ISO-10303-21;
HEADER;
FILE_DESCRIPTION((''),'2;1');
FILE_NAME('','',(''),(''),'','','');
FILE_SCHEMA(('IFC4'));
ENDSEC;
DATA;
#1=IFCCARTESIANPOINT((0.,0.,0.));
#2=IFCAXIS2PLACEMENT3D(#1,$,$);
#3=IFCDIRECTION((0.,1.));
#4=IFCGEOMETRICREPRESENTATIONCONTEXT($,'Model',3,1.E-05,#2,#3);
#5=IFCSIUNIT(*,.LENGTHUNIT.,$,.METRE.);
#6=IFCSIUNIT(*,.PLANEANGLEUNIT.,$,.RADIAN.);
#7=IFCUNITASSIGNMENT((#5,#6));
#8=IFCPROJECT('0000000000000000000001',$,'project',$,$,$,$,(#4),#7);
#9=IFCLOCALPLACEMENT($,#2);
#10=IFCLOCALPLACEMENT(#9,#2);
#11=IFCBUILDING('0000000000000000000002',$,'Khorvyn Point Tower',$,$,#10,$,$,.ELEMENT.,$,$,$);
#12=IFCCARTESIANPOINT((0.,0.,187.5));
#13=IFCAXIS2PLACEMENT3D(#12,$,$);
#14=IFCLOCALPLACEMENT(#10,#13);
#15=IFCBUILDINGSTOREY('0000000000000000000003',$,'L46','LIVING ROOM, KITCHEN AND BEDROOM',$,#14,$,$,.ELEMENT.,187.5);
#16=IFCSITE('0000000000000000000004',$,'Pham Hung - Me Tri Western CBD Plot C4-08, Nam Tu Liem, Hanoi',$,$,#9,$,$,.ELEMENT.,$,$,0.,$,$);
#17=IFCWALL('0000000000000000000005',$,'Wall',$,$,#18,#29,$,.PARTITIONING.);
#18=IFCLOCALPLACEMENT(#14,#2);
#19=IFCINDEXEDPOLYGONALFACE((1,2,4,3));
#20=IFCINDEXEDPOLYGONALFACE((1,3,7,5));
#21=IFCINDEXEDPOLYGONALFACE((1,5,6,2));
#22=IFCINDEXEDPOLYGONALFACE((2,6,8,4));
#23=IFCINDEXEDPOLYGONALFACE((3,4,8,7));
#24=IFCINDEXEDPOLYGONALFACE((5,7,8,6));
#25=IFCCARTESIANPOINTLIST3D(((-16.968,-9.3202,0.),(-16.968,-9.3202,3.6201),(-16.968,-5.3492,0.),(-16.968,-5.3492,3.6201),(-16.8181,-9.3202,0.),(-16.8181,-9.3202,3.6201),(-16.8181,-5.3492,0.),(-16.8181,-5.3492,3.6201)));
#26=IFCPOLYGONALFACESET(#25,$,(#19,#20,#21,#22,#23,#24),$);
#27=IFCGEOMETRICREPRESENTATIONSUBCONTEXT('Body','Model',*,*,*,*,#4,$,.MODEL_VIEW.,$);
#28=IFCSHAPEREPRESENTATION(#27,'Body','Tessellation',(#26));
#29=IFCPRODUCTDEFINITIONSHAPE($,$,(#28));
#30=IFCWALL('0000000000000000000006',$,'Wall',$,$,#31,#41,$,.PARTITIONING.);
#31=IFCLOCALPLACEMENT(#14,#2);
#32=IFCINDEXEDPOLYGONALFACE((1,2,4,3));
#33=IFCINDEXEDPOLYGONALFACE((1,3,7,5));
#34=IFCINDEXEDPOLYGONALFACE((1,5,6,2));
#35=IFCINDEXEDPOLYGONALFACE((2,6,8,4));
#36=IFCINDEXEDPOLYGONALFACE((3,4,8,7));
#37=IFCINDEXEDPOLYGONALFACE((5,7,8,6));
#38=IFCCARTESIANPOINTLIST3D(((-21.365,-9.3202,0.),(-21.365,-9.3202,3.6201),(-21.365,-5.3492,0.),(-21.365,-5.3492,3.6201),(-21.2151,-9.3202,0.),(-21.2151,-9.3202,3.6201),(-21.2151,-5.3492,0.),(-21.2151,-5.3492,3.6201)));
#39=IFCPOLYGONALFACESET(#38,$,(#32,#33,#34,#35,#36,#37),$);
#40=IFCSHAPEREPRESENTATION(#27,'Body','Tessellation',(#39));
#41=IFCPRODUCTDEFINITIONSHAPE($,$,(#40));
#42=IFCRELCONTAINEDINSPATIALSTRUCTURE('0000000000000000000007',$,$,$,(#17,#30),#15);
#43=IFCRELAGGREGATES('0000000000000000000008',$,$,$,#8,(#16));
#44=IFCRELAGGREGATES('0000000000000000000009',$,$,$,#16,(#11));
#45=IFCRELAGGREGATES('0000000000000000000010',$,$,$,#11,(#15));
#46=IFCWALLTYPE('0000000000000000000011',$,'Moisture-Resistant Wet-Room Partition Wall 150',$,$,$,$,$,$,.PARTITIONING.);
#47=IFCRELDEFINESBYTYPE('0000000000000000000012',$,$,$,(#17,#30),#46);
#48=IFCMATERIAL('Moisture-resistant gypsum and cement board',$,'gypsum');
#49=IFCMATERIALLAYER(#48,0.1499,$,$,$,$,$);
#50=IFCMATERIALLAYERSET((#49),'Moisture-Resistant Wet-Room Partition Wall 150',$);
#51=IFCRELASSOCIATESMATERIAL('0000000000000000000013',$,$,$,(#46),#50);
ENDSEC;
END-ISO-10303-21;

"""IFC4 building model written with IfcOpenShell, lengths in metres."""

from ifc_helpers import new_model, si_unit, direction, frame, frame_2d, origin, place, context, subcontext, project, spatial, rectangle, extrude, material, layer, layer_set, type_object, element, save


model = new_model("IFC4")

# Units and contexts
model_context = context("Model", 3, precision=1e-05, world=origin(), true_north=direction((0.0, 1.0)))
body_context = subcontext(model_context, "Body", "Model", "MODEL_VIEW")
ifc_project = project(units=[si_unit("LENGTHUNIT", "METRE"), si_unit("PLANEANGLEUNIT", "RADIAN")], contexts=[model_context])

# Site, building, storey
site_placement = place(None, origin())
site = spatial("IfcSite", under=ifc_project, at=site_placement, Name="Pham Hung - Me Tri Western CBD Plot C4-08, Nam Tu Liem, Hanoi", CompositionType="ELEMENT", RefElevation=0.0)
building_placement = place(site_placement, origin())
building = spatial("IfcBuilding", under=site, at=building_placement, Name="Khorvyn Point Tower", CompositionType="ELEMENT")
storey_placement = place(building_placement, frame((0.0, 0.0, 187.5)))
storey = spatial("IfcBuildingStorey", under=building, at=storey_placement, Name="L46", Description="LIVING ROOM, KITCHEN AND BEDROOM", CompositionType="ELEMENT", Elevation=187.5)

# Shared definitions
ifc_material_1 = material(Name="Moisture-resistant gypsum and cement board", Category="gypsum")
ifc_layer_1 = layer(ifc_material_1, 0.1499)
ifc_layer_set_1 = layer_set([ifc_layer_1], Name="Moisture-Resistant Wet-Room Partition Wall 150")
wall_type_1 = type_object("IfcWallType", Name="Moisture-Resistant Wet-Room Partition Wall 150", PredefinedType="PARTITIONING", material=ifc_layer_set_1)

# Walls
for number, where, z_axis, x_axis, name in (
    (1, (-16.8931, -9.3201, 0.0), (0.0, 0.0, 1.0), (0.0, 1.0, 0.0), "Wall"),
    (2, (-21.29, -9.3201, 0.0), (0.0, 0.0, 1.0), (0.0, 1.0, 0.0), "Wall"),
):
    element("IfcWall", number, at=place(storey_placement, frame(where, z_axis=z_axis, x_axis=x_axis)), inside=storey, type_object=wall_type_1, Name=name, PredefinedType="PARTITIONING", context=body_context, shape_type="SweptSolid", body=[
        extrude(rectangle(XDim=3.9709, YDim=0.1499, at=frame_2d((1.9854, 0.0))), origin(), (0.0, 0.0, 1.0), 3.6201),
    ])

save(model, "model.ifc")
